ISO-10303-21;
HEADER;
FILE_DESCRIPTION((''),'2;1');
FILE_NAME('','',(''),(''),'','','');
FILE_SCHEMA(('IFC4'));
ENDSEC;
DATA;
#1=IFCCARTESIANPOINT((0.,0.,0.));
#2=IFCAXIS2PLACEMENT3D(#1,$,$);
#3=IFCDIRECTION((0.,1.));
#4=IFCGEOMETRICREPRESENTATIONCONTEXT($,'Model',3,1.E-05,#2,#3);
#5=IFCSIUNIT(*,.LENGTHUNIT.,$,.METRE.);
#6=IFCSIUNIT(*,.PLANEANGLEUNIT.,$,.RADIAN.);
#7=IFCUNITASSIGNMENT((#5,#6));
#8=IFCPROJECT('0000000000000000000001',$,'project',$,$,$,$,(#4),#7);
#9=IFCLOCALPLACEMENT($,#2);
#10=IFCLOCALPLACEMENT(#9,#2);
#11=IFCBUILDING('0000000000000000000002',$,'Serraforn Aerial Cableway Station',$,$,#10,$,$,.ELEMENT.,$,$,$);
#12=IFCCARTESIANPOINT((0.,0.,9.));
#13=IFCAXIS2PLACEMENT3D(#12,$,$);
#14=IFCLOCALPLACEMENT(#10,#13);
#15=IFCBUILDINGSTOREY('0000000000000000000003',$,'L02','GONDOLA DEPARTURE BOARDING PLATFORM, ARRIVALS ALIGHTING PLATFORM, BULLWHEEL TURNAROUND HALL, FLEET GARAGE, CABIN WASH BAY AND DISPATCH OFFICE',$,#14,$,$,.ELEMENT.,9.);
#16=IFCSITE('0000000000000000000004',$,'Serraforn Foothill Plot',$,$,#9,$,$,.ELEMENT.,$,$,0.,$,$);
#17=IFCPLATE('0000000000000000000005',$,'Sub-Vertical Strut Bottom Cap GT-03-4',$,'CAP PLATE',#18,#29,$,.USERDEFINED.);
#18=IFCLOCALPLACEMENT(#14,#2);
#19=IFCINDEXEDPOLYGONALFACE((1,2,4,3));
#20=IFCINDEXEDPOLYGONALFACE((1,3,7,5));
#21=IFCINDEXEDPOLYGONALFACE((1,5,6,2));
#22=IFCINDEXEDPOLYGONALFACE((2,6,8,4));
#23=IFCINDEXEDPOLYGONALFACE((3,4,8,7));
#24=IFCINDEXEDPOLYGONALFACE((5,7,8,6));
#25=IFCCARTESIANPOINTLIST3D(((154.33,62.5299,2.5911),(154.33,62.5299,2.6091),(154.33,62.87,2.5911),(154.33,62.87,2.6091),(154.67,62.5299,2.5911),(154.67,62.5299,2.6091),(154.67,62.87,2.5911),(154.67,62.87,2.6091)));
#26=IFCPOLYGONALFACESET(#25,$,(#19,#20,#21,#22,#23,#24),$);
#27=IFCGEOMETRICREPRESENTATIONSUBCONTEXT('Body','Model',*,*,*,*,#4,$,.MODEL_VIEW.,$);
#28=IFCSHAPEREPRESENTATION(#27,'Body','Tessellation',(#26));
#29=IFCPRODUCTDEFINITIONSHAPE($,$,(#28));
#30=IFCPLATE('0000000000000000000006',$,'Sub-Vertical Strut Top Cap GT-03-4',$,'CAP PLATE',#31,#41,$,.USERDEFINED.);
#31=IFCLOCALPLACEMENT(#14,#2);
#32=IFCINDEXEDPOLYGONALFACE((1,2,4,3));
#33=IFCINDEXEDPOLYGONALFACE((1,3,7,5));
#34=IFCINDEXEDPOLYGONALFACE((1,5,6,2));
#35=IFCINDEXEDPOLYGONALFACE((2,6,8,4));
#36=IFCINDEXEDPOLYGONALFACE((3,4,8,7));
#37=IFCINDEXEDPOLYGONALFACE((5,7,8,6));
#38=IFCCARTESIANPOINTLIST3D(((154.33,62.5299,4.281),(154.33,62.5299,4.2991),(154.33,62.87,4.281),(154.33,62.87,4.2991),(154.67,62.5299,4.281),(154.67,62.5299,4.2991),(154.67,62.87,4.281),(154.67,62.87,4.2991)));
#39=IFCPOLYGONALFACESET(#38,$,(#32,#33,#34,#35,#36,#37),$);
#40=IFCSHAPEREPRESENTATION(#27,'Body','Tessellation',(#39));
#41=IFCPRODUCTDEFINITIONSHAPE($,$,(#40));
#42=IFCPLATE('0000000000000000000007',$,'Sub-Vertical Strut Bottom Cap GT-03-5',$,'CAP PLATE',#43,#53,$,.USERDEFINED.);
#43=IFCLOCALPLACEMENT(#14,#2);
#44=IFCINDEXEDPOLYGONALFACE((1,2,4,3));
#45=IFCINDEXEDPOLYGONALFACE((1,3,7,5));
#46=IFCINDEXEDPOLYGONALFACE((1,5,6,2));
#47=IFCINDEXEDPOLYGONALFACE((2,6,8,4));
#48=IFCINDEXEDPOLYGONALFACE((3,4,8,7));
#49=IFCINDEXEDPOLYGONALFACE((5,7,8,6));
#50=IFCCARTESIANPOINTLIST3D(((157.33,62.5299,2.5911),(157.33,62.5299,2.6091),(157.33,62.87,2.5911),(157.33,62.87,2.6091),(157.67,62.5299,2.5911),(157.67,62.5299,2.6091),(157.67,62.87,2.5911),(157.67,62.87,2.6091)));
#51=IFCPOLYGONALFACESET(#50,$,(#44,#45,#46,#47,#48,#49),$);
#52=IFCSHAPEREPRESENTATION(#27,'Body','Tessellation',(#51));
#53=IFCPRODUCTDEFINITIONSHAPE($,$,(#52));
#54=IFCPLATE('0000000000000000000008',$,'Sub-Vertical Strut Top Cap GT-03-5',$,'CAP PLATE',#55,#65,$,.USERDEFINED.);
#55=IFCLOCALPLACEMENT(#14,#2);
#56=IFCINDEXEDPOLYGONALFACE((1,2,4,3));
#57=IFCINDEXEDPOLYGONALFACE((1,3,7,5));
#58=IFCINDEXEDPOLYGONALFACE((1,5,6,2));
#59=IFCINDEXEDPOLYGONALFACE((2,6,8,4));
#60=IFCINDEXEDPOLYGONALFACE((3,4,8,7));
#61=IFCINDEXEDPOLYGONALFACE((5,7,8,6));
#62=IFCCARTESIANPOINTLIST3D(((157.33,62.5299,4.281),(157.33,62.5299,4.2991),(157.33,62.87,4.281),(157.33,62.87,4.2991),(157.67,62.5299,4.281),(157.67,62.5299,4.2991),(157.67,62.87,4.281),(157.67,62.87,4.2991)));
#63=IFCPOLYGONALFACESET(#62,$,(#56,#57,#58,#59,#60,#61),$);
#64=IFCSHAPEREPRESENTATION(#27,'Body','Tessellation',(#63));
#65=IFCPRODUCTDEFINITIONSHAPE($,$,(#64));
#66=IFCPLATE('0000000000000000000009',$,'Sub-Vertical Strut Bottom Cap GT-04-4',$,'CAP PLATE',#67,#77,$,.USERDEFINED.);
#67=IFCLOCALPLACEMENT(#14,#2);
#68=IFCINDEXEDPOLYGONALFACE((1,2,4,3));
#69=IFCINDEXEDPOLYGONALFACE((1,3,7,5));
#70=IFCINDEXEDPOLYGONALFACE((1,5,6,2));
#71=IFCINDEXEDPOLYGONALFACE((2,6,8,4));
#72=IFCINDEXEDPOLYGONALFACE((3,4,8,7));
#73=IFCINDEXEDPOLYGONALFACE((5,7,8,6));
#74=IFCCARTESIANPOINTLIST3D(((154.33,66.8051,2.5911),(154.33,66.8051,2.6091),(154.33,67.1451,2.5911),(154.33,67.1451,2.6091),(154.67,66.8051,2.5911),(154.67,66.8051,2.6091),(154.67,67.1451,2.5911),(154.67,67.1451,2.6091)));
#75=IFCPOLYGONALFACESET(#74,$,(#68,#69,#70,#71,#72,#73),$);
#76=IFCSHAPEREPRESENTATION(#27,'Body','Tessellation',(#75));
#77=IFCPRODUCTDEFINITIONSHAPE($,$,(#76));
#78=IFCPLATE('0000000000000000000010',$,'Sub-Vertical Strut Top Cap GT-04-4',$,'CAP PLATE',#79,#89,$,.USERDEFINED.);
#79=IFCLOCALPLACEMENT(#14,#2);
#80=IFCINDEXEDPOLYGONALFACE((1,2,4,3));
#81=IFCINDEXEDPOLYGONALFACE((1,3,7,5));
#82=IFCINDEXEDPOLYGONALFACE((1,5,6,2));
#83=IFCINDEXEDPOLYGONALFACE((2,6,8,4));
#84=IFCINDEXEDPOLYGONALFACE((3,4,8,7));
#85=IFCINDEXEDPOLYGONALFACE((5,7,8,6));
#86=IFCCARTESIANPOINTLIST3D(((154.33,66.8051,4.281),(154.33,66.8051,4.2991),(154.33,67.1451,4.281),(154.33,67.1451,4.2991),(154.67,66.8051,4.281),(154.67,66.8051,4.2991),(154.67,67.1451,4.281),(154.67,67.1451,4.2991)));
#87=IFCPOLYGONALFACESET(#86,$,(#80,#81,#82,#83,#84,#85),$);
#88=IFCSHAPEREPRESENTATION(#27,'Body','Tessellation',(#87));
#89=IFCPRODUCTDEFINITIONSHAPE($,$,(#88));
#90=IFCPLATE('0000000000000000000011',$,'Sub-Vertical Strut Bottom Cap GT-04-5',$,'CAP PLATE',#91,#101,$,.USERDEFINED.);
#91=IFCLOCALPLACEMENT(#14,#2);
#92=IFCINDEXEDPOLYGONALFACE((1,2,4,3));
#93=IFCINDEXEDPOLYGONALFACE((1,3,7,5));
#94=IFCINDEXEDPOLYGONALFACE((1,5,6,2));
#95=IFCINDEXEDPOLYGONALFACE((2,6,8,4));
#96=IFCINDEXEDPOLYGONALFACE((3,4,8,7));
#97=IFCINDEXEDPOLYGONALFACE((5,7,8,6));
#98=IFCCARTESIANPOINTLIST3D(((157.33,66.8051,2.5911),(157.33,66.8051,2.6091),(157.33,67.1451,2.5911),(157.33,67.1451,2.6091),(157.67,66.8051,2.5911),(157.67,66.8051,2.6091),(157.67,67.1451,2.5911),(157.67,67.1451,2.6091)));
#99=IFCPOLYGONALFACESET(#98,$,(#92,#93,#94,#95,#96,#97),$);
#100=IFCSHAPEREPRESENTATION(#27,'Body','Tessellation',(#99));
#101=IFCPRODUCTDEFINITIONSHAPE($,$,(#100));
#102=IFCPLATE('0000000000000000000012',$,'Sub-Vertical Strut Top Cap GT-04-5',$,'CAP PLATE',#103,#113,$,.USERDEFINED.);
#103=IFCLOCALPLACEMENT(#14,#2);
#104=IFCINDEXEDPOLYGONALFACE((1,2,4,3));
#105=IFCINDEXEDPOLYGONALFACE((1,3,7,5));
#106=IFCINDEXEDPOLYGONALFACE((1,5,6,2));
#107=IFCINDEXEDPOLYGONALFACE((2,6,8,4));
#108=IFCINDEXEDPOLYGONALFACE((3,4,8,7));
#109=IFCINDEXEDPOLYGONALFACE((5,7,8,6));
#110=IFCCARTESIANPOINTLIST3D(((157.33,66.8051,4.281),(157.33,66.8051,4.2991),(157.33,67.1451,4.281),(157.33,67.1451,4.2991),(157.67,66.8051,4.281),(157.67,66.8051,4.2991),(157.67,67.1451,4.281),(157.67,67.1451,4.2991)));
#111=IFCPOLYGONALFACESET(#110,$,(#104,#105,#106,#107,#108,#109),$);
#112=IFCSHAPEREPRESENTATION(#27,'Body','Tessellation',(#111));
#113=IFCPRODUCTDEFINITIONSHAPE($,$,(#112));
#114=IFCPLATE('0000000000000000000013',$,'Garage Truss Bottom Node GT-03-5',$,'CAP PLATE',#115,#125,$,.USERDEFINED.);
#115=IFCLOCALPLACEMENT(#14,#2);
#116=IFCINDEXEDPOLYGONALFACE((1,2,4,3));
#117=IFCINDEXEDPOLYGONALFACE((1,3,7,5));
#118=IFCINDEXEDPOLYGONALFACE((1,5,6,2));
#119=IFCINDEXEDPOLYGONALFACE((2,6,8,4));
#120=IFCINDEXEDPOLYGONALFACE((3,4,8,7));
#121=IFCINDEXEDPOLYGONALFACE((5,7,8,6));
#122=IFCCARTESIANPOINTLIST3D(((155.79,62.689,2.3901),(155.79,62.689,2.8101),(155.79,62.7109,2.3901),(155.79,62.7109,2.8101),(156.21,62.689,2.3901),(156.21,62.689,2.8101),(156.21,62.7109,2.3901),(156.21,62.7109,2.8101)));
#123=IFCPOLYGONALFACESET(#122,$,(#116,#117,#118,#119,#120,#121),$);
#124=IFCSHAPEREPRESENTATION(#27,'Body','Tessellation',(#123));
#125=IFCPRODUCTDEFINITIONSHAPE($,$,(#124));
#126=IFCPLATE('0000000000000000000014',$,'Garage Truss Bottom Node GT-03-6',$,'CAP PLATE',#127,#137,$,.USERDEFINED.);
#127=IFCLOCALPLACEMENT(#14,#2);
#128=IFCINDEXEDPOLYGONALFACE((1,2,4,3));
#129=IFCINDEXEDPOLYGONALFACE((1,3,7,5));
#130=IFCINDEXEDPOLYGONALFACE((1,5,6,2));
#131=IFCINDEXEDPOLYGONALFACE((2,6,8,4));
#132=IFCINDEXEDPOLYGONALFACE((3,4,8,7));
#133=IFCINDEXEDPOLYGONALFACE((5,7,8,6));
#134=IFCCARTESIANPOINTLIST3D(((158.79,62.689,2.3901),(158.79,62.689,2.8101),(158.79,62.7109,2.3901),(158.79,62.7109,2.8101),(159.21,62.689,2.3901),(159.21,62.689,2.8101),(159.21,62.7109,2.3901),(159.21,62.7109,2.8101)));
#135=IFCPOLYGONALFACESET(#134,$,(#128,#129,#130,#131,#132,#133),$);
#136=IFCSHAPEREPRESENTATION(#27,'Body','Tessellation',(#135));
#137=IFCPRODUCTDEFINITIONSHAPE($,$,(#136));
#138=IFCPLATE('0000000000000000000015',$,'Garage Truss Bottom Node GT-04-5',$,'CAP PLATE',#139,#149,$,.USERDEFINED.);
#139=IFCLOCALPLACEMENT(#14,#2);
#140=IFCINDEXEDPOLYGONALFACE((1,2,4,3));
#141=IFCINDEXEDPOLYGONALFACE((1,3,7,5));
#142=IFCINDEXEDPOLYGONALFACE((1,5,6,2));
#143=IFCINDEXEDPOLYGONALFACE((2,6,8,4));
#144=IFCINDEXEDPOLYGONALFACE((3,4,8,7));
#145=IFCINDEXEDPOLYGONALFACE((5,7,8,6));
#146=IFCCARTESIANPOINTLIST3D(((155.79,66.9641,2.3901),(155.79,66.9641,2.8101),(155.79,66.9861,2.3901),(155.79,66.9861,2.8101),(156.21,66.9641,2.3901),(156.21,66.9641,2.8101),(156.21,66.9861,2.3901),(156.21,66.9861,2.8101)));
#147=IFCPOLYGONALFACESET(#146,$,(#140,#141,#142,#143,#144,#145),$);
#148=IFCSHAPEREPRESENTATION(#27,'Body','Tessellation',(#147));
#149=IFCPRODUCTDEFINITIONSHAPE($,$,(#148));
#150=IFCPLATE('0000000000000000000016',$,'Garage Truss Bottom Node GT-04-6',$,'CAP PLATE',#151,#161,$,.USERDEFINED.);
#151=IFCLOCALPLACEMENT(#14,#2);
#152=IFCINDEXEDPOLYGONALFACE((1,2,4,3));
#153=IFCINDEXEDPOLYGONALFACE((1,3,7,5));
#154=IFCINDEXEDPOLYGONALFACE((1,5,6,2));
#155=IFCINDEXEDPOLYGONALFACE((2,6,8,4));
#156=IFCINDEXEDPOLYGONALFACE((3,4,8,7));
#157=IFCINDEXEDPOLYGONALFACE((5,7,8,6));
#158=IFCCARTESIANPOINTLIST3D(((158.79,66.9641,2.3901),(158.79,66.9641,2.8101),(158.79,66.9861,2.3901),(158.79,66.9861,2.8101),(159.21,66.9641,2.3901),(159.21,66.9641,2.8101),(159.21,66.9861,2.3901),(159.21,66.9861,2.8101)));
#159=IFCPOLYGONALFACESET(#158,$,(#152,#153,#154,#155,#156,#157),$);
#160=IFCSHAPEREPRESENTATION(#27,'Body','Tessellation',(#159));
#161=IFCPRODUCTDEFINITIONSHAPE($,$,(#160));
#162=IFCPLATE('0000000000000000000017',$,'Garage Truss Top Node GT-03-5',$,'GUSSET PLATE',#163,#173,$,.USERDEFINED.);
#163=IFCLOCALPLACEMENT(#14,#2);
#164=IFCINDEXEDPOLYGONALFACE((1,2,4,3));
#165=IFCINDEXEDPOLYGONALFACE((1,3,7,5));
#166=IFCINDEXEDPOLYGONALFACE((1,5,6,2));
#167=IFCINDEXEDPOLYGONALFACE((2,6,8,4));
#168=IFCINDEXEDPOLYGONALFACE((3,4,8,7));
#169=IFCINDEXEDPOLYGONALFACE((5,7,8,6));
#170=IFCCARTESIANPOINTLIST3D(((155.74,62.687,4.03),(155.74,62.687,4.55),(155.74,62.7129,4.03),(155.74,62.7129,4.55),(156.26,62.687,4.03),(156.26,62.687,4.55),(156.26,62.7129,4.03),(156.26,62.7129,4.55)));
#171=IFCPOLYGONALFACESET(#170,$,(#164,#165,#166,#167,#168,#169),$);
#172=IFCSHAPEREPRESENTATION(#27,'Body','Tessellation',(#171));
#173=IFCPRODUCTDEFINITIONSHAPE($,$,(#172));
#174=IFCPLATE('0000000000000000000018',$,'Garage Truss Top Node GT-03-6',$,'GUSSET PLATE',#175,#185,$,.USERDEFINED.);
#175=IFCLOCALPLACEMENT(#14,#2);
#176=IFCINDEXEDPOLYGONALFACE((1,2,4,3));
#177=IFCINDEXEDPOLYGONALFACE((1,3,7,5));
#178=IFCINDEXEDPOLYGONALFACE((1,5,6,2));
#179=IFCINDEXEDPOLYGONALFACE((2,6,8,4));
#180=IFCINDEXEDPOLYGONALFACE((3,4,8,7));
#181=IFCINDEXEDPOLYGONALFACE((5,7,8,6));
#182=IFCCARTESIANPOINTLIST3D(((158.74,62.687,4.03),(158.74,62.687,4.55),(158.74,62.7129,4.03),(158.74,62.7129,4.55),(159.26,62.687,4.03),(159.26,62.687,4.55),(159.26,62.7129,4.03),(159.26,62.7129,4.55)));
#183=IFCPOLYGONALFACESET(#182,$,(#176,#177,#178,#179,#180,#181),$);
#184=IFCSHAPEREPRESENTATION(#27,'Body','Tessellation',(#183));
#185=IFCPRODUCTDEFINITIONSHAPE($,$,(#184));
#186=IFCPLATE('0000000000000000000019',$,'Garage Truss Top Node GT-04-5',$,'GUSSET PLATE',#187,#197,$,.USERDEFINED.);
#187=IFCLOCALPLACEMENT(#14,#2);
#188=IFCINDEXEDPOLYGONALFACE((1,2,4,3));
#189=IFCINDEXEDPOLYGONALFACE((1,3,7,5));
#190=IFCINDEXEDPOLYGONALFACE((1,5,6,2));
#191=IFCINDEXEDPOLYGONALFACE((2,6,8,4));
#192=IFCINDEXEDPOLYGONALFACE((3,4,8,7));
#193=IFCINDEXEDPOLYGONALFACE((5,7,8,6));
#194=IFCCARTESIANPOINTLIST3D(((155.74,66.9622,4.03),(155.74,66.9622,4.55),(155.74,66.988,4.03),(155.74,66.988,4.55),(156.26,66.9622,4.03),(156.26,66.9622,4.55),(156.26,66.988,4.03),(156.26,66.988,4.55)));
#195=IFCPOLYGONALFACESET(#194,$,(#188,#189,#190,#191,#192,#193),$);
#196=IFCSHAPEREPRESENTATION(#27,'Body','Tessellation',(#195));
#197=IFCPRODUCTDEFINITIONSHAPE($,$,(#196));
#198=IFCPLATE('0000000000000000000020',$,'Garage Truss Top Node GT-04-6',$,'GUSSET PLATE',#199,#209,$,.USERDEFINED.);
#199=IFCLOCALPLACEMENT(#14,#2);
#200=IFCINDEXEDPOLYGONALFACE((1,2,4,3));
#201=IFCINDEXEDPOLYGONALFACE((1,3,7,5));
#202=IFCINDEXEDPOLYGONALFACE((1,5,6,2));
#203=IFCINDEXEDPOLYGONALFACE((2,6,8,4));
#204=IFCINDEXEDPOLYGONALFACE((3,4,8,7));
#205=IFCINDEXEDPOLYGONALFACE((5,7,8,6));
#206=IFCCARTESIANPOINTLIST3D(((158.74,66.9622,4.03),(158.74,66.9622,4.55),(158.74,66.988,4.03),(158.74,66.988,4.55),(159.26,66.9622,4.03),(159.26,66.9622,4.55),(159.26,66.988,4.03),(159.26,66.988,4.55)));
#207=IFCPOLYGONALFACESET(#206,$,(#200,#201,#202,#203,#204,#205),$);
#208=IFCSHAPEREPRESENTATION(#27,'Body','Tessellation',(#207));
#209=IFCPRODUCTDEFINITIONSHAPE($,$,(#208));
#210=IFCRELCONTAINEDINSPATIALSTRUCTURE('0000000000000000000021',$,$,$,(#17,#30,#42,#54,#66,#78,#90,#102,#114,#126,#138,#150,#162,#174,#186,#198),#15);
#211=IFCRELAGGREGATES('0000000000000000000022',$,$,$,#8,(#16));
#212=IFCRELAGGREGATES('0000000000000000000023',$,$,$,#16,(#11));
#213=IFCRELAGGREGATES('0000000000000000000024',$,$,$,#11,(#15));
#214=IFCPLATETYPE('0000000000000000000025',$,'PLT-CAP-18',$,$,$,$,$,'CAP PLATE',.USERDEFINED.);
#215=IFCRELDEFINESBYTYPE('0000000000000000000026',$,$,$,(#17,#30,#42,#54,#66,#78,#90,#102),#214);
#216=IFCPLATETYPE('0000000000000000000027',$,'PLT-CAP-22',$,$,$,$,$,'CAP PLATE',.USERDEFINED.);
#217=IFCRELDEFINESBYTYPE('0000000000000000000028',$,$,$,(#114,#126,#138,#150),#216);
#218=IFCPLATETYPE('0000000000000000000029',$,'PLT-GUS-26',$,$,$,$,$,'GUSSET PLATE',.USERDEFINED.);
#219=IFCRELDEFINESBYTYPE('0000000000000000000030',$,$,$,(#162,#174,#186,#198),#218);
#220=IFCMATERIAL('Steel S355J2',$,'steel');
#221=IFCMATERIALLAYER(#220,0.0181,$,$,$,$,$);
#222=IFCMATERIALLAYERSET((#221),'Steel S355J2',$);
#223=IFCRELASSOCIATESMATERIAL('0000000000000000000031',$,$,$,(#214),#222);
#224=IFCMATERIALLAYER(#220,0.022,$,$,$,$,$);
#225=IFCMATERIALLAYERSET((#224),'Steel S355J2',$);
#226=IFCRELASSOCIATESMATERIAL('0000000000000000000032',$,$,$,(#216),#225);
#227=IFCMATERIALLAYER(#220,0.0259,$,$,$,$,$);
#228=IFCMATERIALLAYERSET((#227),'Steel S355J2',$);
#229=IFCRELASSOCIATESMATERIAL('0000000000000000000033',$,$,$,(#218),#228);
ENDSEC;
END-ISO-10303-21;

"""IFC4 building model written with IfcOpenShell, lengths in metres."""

from ifc_helpers import new_model, si_unit, direction, frame, origin, origin_2d, place, context, subcontext, project, spatial, rectangle, extrude, material, layer, layer_set, type_object, element, save


model = new_model("IFC4")

# Units and contexts
model_context = context("Model", 3, precision=1e-05, world=origin(), true_north=direction((0.0, 1.0)))
body_context = subcontext(model_context, "Body", "Model", "MODEL_VIEW")
ifc_project = project(units=[si_unit("LENGTHUNIT", "METRE"), si_unit("PLANEANGLEUNIT", "RADIAN")], contexts=[model_context])

# Site, building, storey
site_placement = place(None, origin())
site = spatial("IfcSite", under=ifc_project, at=site_placement, Name="Serraforn Foothill Plot", CompositionType="ELEMENT", RefElevation=0.0)
building_placement = place(site_placement, origin())
building = spatial("IfcBuilding", under=site, at=building_placement, Name="Serraforn Aerial Cableway Station", CompositionType="ELEMENT")
storey_placement = place(building_placement, frame((0.0, 0.0, 9.0)))
storey = spatial("IfcBuildingStorey", under=building, at=storey_placement, Name="L02", Description="GONDOLA DEPARTURE BOARDING PLATFORM, ARRIVALS ALIGHTING PLATFORM, BULLWHEEL TURNAROUND HALL, FLEET GARAGE, CABIN WASH BAY AND DISPATCH OFFICE", CompositionType="ELEMENT", Elevation=9.0)

# Shared definitions
ifc_material_1 = material(Name="Steel S355J2", Category="steel")

# Plates
ifc_layer_1 = layer(ifc_material_1, 0.0181)
ifc_layer_set_1 = layer_set([ifc_layer_1], Name="Steel S355J2")
plate_type_1 = type_object("IfcPlateType", Name="PLT-CAP-18", ElementType="CAP PLATE", PredefinedType="USERDEFINED", material=ifc_layer_set_1)
for number, where, z_axis, x_axis, name in (
    (1, (154.5, 62.7, 2.5911), (0.0, 0.0, 1.0), (1.0, 0.0, 0.0), "Sub-Vertical Strut Bottom Cap GT-03-4"),
    (2, (154.5, 62.7, 4.281), (0.0, 0.0, 1.0), (1.0, 0.0, 0.0), "Sub-Vertical Strut Top Cap GT-03-4"),
    (3, (157.5, 62.7, 2.5911), (0.0, 0.0, 1.0), (1.0, 0.0, 0.0), "Sub-Vertical Strut Bottom Cap GT-03-5"),
    (4, (157.5, 62.7, 4.281), (0.0, 0.0, 1.0), (1.0, 0.0, 0.0), "Sub-Vertical Strut Top Cap GT-03-5"),
    (5, (154.5, 66.9751, 2.5911), (0.0, 0.0, 1.0), (1.0, 0.0, 0.0), "Sub-Vertical Strut Bottom Cap GT-04-4"),
    (6, (154.5, 66.9751, 4.281), (0.0, 0.0, 1.0), (1.0, 0.0, 0.0), "Sub-Vertical Strut Top Cap GT-04-4"),
    (7, (157.5, 66.9751, 2.5911), (0.0, 0.0, 1.0), (1.0, 0.0, 0.0), "Sub-Vertical Strut Bottom Cap GT-04-5"),
    (8, (157.5, 66.9751, 4.281), (0.0, 0.0, 1.0), (1.0, 0.0, 0.0), "Sub-Vertical Strut Top Cap GT-04-5"),
):
    element("IfcPlate", number, at=place(storey_placement, frame(where, z_axis=z_axis, x_axis=x_axis)), inside=storey, type_object=plate_type_1, Name=name, ObjectType="CAP PLATE", PredefinedType="USERDEFINED", context=body_context, shape_type="SweptSolid", body=[
        extrude(rectangle(XDim=0.3401, YDim=0.3401, at=origin_2d()), origin(), (0.0, 0.0, 1.0), 0.0181),
    ])
ifc_layer_2 = layer(ifc_material_1, 0.022)
ifc_layer_set_2 = layer_set([ifc_layer_2], Name="Steel S355J2")
plate_type_2 = type_object("IfcPlateType", Name="PLT-CAP-22", ElementType="CAP PLATE", PredefinedType="USERDEFINED", material=ifc_layer_set_2)
for number, where, z_axis, x_axis, name in (
    (9, (156.0, 62.7, 2.3901), (0.0, 0.0, 1.0), (1.0, 0.0, 0.0), "Garage Truss Bottom Node GT-03-5"),
    (10, (159.0, 62.7, 2.3901), (0.0, 0.0, 1.0), (1.0, 0.0, 0.0), "Garage Truss Bottom Node GT-03-6"),
    (11, (156.0, 66.9751, 2.3901), (0.0, 0.0, 1.0), (1.0, 0.0, 0.0), "Garage Truss Bottom Node GT-04-5"),
    (12, (159.0, 66.9751, 2.3901), (0.0, 0.0, 1.0), (1.0, 0.0, 0.0), "Garage Truss Bottom Node GT-04-6"),
):
    element("IfcPlate", number, at=place(storey_placement, frame(where, z_axis=z_axis, x_axis=x_axis)), inside=storey, type_object=plate_type_2, Name=name, ObjectType="CAP PLATE", PredefinedType="USERDEFINED", context=body_context, shape_type="SweptSolid", body=[
        extrude(rectangle(XDim=0.4199, YDim=0.022, at=origin_2d()), origin(), (0.0, 0.0, 1.0), 0.4199),
    ])
ifc_layer_3 = layer(ifc_material_1, 0.0259)
ifc_layer_set_3 = layer_set([ifc_layer_3], Name="Steel S355J2")
plate_type_3 = type_object("IfcPlateType", Name="PLT-GUS-26", ElementType="GUSSET PLATE", PredefinedType="USERDEFINED", material=ifc_layer_set_3)
for number, where, z_axis, x_axis, name in (
    (13, (156.0, 62.7, 4.03), (0.0, 0.0, 1.0), (1.0, 0.0, 0.0), "Garage Truss Top Node GT-03-5"),
    (14, (159.0, 62.7, 4.03), (0.0, 0.0, 1.0), (1.0, 0.0, 0.0), "Garage Truss Top Node GT-03-6"),
    (15, (156.0, 66.9751, 4.03), (0.0, 0.0, 1.0), (1.0, 0.0, 0.0), "Garage Truss Top Node GT-04-5"),
    (16, (159.0, 66.9751, 4.03), (0.0, 0.0, 1.0), (1.0, 0.0, 0.0), "Garage Truss Top Node GT-04-6"),
):
    element("IfcPlate", number, at=place(storey_placement, frame(where, z_axis=z_axis, x_axis=x_axis)), inside=storey, type_object=plate_type_3, Name=name, ObjectType="GUSSET PLATE", PredefinedType="USERDEFINED", context=body_context, shape_type="SweptSolid", body=[
        extrude(rectangle(XDim=0.52, YDim=0.0259, at=origin_2d()), origin(), (0.0, 0.0, 1.0), 0.52),
    ])

save(model, "model.ifc")
